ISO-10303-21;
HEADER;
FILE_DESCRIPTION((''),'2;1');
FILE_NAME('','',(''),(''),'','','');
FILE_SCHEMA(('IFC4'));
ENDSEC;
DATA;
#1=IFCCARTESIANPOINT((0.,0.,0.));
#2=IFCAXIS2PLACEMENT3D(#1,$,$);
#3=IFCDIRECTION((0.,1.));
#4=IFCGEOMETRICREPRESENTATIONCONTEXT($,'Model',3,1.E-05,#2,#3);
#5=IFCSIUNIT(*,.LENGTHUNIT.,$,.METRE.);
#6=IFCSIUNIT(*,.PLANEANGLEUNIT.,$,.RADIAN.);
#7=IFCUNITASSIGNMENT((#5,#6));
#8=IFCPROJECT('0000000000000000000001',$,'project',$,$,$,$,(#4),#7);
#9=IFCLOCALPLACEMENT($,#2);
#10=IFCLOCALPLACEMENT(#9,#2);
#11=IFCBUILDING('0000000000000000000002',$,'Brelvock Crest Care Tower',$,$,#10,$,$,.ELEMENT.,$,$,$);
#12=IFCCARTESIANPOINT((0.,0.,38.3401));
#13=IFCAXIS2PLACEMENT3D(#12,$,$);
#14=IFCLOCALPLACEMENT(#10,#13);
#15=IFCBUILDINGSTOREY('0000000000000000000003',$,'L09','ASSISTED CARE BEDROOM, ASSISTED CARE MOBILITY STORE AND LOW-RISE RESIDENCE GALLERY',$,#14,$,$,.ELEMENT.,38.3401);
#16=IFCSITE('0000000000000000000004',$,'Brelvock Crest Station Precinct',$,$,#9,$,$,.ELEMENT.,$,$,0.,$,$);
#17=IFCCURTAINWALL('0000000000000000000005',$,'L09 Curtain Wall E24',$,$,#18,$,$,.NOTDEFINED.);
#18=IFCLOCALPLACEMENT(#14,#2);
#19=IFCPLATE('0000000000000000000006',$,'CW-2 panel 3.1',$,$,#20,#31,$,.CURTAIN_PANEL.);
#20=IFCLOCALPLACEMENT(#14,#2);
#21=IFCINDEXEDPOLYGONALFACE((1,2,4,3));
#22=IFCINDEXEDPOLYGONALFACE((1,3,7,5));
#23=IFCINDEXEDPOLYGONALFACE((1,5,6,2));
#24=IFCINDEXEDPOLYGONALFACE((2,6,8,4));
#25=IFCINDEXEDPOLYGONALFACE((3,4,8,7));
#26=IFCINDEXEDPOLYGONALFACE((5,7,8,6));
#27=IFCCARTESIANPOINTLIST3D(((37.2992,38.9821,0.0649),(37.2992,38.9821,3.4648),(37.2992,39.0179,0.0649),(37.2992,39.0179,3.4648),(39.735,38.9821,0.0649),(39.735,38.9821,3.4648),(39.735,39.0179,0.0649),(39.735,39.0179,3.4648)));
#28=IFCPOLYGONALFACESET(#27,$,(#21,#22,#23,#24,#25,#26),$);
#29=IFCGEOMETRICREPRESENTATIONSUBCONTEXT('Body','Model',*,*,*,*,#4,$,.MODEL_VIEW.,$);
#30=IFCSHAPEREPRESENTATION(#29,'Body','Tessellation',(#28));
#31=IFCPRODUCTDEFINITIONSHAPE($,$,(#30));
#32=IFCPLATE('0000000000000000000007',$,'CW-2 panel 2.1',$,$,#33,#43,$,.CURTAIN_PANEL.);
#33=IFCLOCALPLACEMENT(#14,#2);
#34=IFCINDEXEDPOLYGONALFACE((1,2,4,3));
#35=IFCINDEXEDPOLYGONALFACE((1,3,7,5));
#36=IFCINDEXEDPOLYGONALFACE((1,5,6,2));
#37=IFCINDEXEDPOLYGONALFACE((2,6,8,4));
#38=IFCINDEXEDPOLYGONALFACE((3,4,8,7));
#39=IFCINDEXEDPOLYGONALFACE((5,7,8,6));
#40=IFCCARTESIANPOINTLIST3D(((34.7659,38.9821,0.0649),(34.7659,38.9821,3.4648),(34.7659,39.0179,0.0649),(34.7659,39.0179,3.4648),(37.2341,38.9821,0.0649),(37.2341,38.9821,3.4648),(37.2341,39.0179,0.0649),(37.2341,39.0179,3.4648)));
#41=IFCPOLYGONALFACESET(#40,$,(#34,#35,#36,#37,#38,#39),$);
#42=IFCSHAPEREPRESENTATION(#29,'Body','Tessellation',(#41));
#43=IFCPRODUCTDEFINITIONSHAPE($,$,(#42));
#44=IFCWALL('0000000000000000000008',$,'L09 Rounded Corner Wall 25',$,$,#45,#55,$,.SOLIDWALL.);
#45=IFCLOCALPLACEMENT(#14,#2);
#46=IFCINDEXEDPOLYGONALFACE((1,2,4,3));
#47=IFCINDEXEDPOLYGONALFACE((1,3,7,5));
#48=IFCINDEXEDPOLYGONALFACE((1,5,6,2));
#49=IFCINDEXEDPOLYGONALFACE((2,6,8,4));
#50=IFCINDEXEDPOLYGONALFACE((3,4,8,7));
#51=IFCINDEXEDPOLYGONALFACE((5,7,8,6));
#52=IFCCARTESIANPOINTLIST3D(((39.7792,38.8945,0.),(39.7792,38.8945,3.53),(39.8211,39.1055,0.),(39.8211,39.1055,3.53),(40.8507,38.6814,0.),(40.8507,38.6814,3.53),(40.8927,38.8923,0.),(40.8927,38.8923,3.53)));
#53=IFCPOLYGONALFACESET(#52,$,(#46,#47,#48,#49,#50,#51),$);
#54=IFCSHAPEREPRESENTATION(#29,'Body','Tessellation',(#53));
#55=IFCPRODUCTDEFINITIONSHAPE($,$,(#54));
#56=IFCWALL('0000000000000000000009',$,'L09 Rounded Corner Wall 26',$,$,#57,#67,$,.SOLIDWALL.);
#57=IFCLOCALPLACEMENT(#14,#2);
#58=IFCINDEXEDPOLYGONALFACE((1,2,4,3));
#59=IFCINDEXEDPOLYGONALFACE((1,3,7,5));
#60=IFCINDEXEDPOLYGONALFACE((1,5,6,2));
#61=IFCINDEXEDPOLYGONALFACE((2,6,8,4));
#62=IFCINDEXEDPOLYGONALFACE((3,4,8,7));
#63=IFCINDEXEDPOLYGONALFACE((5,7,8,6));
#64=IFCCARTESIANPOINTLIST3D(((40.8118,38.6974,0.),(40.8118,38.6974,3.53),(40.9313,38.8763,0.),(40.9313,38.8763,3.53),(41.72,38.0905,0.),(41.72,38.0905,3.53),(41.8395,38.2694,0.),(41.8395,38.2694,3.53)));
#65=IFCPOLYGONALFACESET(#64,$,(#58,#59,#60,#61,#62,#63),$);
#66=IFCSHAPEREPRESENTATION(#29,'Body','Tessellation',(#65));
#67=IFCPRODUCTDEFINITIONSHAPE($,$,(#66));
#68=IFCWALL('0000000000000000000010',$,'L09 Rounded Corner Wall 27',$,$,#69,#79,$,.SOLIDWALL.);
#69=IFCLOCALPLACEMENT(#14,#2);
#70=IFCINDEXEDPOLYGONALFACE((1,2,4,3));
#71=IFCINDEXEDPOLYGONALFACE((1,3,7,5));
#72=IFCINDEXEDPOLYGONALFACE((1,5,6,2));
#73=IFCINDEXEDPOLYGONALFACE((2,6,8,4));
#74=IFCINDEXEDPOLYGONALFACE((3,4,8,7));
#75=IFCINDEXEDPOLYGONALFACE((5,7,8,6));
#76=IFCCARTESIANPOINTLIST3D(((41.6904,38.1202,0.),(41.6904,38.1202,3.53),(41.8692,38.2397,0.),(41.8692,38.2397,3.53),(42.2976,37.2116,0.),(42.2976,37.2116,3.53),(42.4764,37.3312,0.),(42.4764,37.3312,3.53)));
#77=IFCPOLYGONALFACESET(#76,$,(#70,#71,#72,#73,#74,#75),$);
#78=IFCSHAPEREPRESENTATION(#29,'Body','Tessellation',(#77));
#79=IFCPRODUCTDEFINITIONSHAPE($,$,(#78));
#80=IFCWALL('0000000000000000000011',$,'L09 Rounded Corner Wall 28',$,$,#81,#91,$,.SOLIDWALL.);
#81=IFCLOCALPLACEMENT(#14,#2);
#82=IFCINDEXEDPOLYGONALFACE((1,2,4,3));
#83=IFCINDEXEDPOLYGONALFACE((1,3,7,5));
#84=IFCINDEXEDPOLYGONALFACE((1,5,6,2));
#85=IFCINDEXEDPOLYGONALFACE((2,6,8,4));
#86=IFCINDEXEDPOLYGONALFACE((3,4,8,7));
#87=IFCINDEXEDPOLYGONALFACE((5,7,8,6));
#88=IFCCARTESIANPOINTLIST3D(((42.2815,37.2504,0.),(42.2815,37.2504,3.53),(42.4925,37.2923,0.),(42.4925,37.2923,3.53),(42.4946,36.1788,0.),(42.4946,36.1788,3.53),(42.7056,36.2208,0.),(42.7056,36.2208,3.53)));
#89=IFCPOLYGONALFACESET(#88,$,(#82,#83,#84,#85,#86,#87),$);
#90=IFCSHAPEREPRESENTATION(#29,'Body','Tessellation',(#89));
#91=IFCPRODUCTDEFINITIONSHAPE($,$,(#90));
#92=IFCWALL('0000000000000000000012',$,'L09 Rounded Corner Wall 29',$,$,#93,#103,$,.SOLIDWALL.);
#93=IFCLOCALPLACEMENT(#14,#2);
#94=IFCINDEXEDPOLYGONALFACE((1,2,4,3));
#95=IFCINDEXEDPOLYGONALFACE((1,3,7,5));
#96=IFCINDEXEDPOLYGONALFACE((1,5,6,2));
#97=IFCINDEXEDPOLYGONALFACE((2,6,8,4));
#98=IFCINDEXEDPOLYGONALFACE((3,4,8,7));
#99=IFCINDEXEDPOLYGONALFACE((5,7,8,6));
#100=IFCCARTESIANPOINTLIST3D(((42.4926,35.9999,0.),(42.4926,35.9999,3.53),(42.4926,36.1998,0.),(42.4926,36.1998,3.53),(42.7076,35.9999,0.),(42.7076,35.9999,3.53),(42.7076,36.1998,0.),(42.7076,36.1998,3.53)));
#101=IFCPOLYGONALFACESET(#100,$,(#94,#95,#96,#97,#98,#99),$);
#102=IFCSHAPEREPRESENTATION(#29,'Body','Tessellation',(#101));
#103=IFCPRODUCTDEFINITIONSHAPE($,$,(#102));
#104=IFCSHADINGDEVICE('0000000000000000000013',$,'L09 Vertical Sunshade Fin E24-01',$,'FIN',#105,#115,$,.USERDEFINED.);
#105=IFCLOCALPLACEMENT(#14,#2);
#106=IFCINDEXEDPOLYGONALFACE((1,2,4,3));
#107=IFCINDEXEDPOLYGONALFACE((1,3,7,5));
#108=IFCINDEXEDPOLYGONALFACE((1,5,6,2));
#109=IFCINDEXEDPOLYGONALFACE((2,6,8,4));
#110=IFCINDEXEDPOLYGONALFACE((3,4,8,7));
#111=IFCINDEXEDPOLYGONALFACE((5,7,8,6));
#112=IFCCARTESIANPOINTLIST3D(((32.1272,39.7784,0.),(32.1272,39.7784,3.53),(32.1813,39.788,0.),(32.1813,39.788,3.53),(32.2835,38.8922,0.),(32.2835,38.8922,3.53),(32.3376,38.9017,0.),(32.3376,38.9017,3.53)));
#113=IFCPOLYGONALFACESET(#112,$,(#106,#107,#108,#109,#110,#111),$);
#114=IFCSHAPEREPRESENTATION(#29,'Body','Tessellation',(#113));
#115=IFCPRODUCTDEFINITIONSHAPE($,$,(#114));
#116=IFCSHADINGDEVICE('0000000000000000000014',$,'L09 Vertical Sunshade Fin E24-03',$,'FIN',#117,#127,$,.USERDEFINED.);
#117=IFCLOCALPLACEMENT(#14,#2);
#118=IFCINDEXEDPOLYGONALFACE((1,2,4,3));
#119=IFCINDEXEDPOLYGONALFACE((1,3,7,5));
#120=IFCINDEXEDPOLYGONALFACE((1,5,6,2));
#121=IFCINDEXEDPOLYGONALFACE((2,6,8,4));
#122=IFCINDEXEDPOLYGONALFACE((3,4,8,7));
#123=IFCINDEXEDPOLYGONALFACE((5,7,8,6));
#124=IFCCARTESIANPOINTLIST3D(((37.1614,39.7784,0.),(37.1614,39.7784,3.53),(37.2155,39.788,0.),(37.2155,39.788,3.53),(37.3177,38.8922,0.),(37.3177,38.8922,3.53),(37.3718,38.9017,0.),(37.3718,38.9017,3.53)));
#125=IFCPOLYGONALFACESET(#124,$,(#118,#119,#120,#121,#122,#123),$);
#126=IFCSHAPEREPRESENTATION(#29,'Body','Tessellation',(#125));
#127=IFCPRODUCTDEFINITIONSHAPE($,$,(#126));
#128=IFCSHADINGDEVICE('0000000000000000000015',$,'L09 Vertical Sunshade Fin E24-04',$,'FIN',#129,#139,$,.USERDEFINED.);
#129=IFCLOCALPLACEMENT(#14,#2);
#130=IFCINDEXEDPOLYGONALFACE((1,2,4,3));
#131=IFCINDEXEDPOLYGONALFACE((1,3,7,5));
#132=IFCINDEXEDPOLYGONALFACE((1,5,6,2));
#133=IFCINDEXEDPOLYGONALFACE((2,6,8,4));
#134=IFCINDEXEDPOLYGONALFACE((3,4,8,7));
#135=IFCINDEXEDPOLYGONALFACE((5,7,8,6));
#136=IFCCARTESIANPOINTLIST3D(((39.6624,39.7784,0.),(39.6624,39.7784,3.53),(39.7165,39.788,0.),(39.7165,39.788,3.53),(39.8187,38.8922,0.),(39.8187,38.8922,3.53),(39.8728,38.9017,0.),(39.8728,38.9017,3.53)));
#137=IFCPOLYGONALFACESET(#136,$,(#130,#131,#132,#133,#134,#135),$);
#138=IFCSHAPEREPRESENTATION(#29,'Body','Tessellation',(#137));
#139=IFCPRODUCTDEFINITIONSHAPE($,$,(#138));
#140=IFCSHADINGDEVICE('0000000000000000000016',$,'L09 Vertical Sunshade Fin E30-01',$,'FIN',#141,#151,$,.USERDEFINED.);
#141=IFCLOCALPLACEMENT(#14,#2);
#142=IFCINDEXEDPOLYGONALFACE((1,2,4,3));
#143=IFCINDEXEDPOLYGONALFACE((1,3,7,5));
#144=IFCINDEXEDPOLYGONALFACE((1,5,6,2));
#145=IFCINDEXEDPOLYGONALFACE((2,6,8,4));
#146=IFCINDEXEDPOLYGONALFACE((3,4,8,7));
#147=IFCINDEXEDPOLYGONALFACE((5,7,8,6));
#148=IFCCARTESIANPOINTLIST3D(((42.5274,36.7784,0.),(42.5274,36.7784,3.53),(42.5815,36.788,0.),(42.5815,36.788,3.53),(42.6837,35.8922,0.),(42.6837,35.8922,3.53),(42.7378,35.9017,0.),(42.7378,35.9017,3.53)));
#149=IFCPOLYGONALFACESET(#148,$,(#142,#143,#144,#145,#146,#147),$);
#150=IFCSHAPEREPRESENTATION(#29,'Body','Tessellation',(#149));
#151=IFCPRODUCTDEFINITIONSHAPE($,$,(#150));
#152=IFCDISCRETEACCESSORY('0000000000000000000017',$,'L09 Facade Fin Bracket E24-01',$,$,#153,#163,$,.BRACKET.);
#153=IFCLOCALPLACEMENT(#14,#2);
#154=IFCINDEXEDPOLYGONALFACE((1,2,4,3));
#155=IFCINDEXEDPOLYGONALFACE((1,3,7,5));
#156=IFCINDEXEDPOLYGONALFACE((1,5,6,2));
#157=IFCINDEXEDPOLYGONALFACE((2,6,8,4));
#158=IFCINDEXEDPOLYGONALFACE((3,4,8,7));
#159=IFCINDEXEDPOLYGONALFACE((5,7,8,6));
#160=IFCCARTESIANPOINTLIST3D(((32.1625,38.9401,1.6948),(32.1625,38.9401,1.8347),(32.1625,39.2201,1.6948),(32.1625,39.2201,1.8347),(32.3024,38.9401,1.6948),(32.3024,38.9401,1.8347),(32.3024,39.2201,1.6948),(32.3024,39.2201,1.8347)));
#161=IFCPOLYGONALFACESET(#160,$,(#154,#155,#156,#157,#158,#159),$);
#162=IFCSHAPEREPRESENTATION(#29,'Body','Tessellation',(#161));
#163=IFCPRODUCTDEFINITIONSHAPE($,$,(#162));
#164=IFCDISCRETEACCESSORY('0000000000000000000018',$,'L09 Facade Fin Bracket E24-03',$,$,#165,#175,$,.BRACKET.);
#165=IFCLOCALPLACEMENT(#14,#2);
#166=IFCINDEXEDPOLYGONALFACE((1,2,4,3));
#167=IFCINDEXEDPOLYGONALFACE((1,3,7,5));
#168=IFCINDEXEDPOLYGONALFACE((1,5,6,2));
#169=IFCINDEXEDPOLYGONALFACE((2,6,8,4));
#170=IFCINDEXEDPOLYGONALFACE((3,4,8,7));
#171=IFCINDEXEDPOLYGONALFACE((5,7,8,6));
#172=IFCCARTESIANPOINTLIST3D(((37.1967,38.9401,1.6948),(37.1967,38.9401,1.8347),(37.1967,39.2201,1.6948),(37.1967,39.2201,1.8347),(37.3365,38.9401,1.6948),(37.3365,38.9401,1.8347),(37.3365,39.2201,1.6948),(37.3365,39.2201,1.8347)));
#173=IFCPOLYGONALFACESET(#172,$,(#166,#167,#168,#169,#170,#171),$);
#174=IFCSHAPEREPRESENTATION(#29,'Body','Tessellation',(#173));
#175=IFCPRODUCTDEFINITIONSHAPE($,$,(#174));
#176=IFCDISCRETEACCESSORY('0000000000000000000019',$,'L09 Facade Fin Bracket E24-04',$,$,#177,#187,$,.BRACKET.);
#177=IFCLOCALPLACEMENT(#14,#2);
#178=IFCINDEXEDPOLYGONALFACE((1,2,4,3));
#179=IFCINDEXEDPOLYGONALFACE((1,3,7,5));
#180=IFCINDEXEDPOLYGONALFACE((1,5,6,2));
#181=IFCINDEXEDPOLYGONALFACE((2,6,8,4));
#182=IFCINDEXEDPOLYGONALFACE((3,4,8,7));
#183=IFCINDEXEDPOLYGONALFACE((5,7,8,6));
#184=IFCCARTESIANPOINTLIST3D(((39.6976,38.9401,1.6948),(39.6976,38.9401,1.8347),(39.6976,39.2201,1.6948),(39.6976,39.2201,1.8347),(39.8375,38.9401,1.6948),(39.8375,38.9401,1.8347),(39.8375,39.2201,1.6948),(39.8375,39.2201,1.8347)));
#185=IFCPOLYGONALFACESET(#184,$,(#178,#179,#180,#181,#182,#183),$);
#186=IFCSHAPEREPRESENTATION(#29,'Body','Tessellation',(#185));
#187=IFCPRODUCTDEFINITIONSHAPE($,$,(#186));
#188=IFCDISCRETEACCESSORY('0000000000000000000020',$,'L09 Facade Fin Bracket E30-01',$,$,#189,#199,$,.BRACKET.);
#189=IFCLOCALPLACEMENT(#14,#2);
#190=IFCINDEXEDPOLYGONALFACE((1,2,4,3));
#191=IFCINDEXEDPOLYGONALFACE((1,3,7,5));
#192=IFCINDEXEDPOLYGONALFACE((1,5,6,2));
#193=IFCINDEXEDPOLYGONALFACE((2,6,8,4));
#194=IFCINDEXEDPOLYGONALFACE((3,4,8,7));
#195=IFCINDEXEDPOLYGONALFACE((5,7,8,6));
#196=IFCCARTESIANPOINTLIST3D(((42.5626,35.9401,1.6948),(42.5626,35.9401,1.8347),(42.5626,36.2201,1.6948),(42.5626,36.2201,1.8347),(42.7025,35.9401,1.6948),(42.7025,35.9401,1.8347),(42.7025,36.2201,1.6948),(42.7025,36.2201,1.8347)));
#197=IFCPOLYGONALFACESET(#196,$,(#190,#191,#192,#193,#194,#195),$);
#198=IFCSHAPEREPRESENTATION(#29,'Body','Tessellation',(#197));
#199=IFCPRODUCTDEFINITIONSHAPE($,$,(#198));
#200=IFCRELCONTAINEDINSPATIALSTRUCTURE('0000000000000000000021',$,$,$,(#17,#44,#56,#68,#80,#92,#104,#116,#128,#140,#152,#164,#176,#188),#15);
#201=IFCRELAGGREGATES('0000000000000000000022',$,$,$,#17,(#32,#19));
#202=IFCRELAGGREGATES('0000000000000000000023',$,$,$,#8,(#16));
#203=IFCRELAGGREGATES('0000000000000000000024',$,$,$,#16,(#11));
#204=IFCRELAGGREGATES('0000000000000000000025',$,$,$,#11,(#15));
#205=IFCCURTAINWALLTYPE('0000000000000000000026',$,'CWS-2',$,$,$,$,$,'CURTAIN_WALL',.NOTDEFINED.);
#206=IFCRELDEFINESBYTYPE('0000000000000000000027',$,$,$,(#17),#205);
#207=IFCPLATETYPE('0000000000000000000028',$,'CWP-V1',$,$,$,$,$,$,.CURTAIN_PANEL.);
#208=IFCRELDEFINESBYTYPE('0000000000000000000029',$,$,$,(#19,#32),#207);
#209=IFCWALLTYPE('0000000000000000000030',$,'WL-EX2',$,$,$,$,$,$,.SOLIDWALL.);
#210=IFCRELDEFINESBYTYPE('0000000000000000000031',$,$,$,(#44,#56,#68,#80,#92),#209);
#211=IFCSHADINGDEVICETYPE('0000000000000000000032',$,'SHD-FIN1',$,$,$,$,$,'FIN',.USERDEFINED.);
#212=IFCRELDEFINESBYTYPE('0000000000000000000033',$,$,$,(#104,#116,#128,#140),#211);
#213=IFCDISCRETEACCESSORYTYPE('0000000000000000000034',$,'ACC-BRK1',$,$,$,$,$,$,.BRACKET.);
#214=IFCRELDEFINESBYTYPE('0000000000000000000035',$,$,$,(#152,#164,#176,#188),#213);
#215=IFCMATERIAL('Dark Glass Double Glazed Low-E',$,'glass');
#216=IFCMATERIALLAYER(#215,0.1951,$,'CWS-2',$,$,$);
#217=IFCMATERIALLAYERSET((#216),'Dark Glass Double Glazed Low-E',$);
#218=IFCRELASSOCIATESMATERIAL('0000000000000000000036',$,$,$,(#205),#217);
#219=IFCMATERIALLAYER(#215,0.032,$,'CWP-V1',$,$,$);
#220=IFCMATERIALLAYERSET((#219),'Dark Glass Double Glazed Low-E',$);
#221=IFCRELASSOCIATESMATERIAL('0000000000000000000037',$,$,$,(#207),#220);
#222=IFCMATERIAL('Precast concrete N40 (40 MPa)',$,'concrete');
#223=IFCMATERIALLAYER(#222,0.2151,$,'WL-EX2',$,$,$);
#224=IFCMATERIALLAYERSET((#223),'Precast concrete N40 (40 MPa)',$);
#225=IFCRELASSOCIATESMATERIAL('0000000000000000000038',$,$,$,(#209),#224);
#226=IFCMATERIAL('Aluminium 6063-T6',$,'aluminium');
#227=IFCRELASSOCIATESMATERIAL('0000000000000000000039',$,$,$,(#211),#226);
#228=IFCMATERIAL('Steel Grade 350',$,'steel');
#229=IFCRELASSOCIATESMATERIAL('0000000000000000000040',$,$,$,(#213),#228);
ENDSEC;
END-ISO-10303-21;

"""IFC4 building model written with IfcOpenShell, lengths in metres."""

from ifc_helpers import new_model, si_unit, direction, frame, frame_2d, origin, origin_2d, place, context, subcontext, project, spatial, rectangle, extrude, source, transform, mapped, material, layer, layer_set, material_profile, profile_set, type_object, element, aggregate, save


model = new_model("IFC4")

# Units and contexts
model_context = context("Model", 3, precision=1e-05, world=origin(), true_north=direction((0.0, 1.0)))
body_context = subcontext(model_context, "Body", "Model", "MODEL_VIEW")
ifc_project = project(units=[si_unit("LENGTHUNIT", "METRE"), si_unit("PLANEANGLEUNIT", "RADIAN")], contexts=[model_context])

# Site, building, storey
site_placement = place(None, origin())
site = spatial("IfcSite", under=ifc_project, at=site_placement, Name="Brelvock Crest Station Precinct", CompositionType="ELEMENT", RefElevation=0.0)
building_placement = place(site_placement, origin())
building = spatial("IfcBuilding", under=site, at=building_placement, Name="Brelvock Crest Care Tower", CompositionType="ELEMENT")
storey_placement = place(building_placement, frame((0.0, 0.0, 38.3401)))
storey = spatial("IfcBuildingStorey", under=building, at=storey_placement, Name="L09", Description="ASSISTED CARE BEDROOM, ASSISTED CARE MOBILITY STORE AND LOW-RISE RESIDENCE GALLERY", CompositionType="ELEMENT", Elevation=38.3401)

# Shared definitions
ifc_material_1 = material(Name="Steel Grade 350", Category="steel")

# Curtain wall
ifc_material_2 = material(Name="Dark Glass Double Glazed Low-E", Category="glass")
ifc_layer_1 = layer(ifc_material_2, 0.1951, Name="CWS-2")
ifc_layer_set_1 = layer_set([ifc_layer_1], Name="Dark Glass Double Glazed Low-E")
curtain_wall_type = type_object("IfcCurtainWallType", Name="CWS-2", ElementType="CURTAIN_WALL", PredefinedType="NOTDEFINED", material=ifc_layer_set_1)
curtain_wall_1_placement = place(storey_placement, origin())
curtain_wall_1 = element("IfcCurtainWall", 1, at=curtain_wall_1_placement, inside=storey, type_object=curtain_wall_type, Name="L09 Curtain Wall E24", PredefinedType="NOTDEFINED")
ifc_material_3 = material(Name="Aluminium 6063-T6", Category="aluminium")

# Plates
ifc_layer_2 = layer(ifc_material_2, 0.032, Name="CWP-V1")
ifc_layer_set_2 = layer_set([ifc_layer_2], Name="Dark Glass Double Glazed Low-E")
plate_type = type_object("IfcPlateType", Name="CWP-V1", PredefinedType="CURTAIN_PANEL", material=ifc_layer_set_2)
shared_shape_1 = source(origin(), body_context, "Body", "SweptSolid", [
    extrude(rectangle(XDim=2.4358, YDim=0.0359, at=origin_2d()), origin(), (0.0, 0.0, 1.0), 3.3999),
])
plate_1_placement = place(storey_placement, frame((38.5171, 39.0, 0.0649), z_axis=(0.0, 0.0, 1.0), x_axis=(1.0, 0.0, 0.0)))
plate_1 = element("IfcPlate", 2, at=plate_1_placement, type_object=plate_type, Name="CW-2 panel 3.1", PredefinedType="CURTAIN_PANEL", context=body_context, shape_type="MappedRepresentation", body=[
    mapped(shared_shape_1, transform((0.0, 0.0, 0.0), x_axis=(1.0, 0.0, 0.0), y_axis=(0.0, 1.0, 0.0), z_axis=(0.0, 0.0, 1.0), scale=1.0)),
])
shared_shape_2 = source(origin(), body_context, "Body", "SweptSolid", [
    extrude(rectangle(XDim=2.4683, YDim=0.0359, at=origin_2d()), origin(), (0.0, 0.0, 1.0), 3.3999),
])
plate_2_placement = place(storey_placement, frame((36.0, 39.0, 0.0649), z_axis=(0.0, 0.0, 1.0), x_axis=(1.0, 0.0, 0.0)))
plate_2 = element("IfcPlate", 3, at=plate_2_placement, type_object=plate_type, Name="CW-2 panel 2.1", PredefinedType="CURTAIN_PANEL", context=body_context, shape_type="MappedRepresentation", body=[
    mapped(shared_shape_2, transform((0.0, 0.0, 0.0), x_axis=(1.0, 0.0, 0.0), y_axis=(0.0, 1.0, 0.0), z_axis=(0.0, 0.0, 1.0), scale=1.0)),
])
aggregate(curtain_wall_1, [plate_2, plate_1])

# Walls
ifc_material_4 = material(Name="Precast concrete N40 (40 MPa)", Category="concrete")
ifc_layer_3 = layer(ifc_material_4, 0.2151, Name="WL-EX2")
ifc_layer_set_3 = layer_set([ifc_layer_3], Name="Precast concrete N40 (40 MPa)")
wall_type = type_object("IfcWallType", Name="WL-EX2", PredefinedType="SOLIDWALL", material=ifc_layer_set_3)
wall_1_placement = place(storey_placement, frame((39.8, 39.0, 0.0), z_axis=(0.0, 0.0, 1.0), x_axis=(0.980786, -0.195085, 0.0)))
element("IfcWall", 4, at=wall_1_placement, inside=storey, type_object=wall_type, Name="L09 Rounded Corner Wall 25", PredefinedType="SOLIDWALL", context=body_context, shape_type="SweptSolid", body=[
    extrude(rectangle(XDim=1.0925, YDim=0.2151, at=frame_2d((0.5464, 0.0))), origin(), (0.0, 0.0, 1.0), 3.53),
])
wall_2_placement = place(storey_placement, frame((40.8716, 38.7869, 0.0), z_axis=(0.0, 0.0, 1.0), x_axis=(0.831431, -0.555628, 0.0)))
element("IfcWall", 5, at=wall_2_placement, inside=storey, type_object=wall_type, Name="L09 Rounded Corner Wall 26", PredefinedType="SOLIDWALL", context=body_context, shape_type="SweptSolid", body=[
    extrude(rectangle(XDim=1.0923, YDim=0.2151, at=frame_2d((0.5461, 0.0))), origin(), (0.0, 0.0, 1.0), 3.53),
])
wall_3_placement = place(storey_placement, frame((41.7798, 38.1799, 0.0), z_axis=(0.0, 0.0, 1.0), x_axis=(0.555679, -0.831397, 0.0)))
element("IfcWall", 6, at=wall_3_placement, inside=storey, type_object=wall_type, Name="L09 Rounded Corner Wall 27", PredefinedType="SOLIDWALL", context=body_context, shape_type="SweptSolid", body=[
    extrude(rectangle(XDim=1.0928, YDim=0.2151, at=frame_2d((0.5464, 0.0))), origin(), (0.0, 0.0, 1.0), 3.53),
])
wall_4_placement = place(storey_placement, frame((42.387, 37.2715, 0.0), z_axis=(0.0, 0.0, 1.0), x_axis=(0.195085, -0.980786, 0.0)))
element("IfcWall", 7, at=wall_4_placement, inside=storey, type_object=wall_type, Name="L09 Rounded Corner Wall 28", PredefinedType="SOLIDWALL", context=body_context, shape_type="SweptSolid", body=[
    extrude(rectangle(XDim=1.0925, YDim=0.2151, at=frame_2d((0.5464, 0.0))), origin(), (0.0, 0.0, 1.0), 3.53),
])
wall_5_placement = place(storey_placement, frame((42.6001, 36.2, 0.0), z_axis=(0.0, 0.0, 1.0), x_axis=(0.0, -1.0, 0.0)))
element("IfcWall", 8, at=wall_5_placement, inside=storey, type_object=wall_type, Name="L09 Rounded Corner Wall 29", PredefinedType="SOLIDWALL", context=body_context, shape_type="SweptSolid", body=[
    extrude(rectangle(XDim=0.2, YDim=0.2151, at=frame_2d((0.1001, 0.0))), origin(), (0.0, 0.0, 1.0), 3.53),
])

# Shading devices
ifc_material_profile_1 = material_profile(ifc_material_3, rectangle(XDim=0.0549, YDim=0.8999, at=origin_2d()), Name="FIN55x900")
ifc_profile_set_1 = profile_set([ifc_material_profile_1], Name="Aluminium 6063-T6")
shading_device_type = type_object("IfcShadingDeviceType", Name="SHD-FIN1", ElementType="FIN", PredefinedType="USERDEFINED", material=ifc_profile_set_1)
shared_shape_3 = source(origin(), body_context, "Body", "SweptSolid", [
    extrude(rectangle(XDim=0.0549, YDim=0.8999, at=origin_2d()), origin(), (0.0, 0.0, 1.0), 3.53),
])
for number, where, z_axis, x_axis, name in (
    (9, (32.2324, 39.3401, 0.0), (0.0, 0.0, 1.0), (0.984808, 0.173648, 0.0), "L09 Vertical Sunshade Fin E24-01"),
    (10, (37.2666, 39.3401, 0.0), (0.0, 0.0, 1.0), (0.984808, 0.173648, 0.0), "L09 Vertical Sunshade Fin E24-03"),
    (11, (39.7676, 39.3401, 0.0), (0.0, 0.0, 1.0), (0.984808, 0.173648, 0.0), "L09 Vertical Sunshade Fin E24-04"),
    (12, (42.6326, 36.3401, 0.0), (0.0, 0.0, 1.0), (0.984808, 0.173648, 0.0), "L09 Vertical Sunshade Fin E30-01"),
):
    element("IfcShadingDevice", number, at=place(storey_placement, frame(where, z_axis=z_axis, x_axis=x_axis)), inside=storey, type_object=shading_device_type, Name=name, ObjectType="FIN", PredefinedType="USERDEFINED", context=body_context, shape_type="MappedRepresentation", body=[
        mapped(shared_shape_3, transform((0.0, 0.0, 0.0), x_axis=(1.0, 0.0, 0.0), y_axis=(0.0, 1.0, 0.0), z_axis=(0.0, 0.0, 1.0), scale=1.0)),
    ])

# Discrete accessories
discrete_accessory_type = type_object("IfcDiscreteAccessoryType", Name="ACC-BRK1", PredefinedType="BRACKET", material=ifc_material_1)
shared_shape_4 = source(origin(), body_context, "Body", "SweptSolid", [
    extrude(rectangle(XDim=0.28, YDim=0.1399, at=origin_2d()), origin(), (0.0, 0.0, 1.0), 0.1399),
])
for number, where, z_axis, x_axis, name in (
    (13, (32.2324, 39.0801, 1.6948), (0.0, 0.0, 1.0), (0.0, 1.0, 0.0), "L09 Facade Fin Bracket E24-01"),
    (14, (37.2666, 39.0801, 1.6948), (0.0, 0.0, 1.0), (0.0, 1.0, 0.0), "L09 Facade Fin Bracket E24-03"),
    (15, (39.7676, 39.0801, 1.6948), (0.0, 0.0, 1.0), (0.0, 1.0, 0.0), "L09 Facade Fin Bracket E24-04"),
    (16, (42.6326, 36.0801, 1.6948), (0.0, 0.0, 1.0), (0.0, 1.0, 0.0), "L09 Facade Fin Bracket E30-01"),
):
    element("IfcDiscreteAccessory", number, at=place(storey_placement, frame(where, z_axis=z_axis, x_axis=x_axis)), inside=storey, type_object=discrete_accessory_type, Name=name, PredefinedType="BRACKET", context=body_context, shape_type="MappedRepresentation", body=[
        mapped(shared_shape_4, transform((0.0, 0.0, 0.0), x_axis=(1.0, 0.0, 0.0), y_axis=(0.0, 1.0, 0.0), z_axis=(0.0, 0.0, 1.0), scale=1.0)),
    ])

save(model, "model.ifc")
